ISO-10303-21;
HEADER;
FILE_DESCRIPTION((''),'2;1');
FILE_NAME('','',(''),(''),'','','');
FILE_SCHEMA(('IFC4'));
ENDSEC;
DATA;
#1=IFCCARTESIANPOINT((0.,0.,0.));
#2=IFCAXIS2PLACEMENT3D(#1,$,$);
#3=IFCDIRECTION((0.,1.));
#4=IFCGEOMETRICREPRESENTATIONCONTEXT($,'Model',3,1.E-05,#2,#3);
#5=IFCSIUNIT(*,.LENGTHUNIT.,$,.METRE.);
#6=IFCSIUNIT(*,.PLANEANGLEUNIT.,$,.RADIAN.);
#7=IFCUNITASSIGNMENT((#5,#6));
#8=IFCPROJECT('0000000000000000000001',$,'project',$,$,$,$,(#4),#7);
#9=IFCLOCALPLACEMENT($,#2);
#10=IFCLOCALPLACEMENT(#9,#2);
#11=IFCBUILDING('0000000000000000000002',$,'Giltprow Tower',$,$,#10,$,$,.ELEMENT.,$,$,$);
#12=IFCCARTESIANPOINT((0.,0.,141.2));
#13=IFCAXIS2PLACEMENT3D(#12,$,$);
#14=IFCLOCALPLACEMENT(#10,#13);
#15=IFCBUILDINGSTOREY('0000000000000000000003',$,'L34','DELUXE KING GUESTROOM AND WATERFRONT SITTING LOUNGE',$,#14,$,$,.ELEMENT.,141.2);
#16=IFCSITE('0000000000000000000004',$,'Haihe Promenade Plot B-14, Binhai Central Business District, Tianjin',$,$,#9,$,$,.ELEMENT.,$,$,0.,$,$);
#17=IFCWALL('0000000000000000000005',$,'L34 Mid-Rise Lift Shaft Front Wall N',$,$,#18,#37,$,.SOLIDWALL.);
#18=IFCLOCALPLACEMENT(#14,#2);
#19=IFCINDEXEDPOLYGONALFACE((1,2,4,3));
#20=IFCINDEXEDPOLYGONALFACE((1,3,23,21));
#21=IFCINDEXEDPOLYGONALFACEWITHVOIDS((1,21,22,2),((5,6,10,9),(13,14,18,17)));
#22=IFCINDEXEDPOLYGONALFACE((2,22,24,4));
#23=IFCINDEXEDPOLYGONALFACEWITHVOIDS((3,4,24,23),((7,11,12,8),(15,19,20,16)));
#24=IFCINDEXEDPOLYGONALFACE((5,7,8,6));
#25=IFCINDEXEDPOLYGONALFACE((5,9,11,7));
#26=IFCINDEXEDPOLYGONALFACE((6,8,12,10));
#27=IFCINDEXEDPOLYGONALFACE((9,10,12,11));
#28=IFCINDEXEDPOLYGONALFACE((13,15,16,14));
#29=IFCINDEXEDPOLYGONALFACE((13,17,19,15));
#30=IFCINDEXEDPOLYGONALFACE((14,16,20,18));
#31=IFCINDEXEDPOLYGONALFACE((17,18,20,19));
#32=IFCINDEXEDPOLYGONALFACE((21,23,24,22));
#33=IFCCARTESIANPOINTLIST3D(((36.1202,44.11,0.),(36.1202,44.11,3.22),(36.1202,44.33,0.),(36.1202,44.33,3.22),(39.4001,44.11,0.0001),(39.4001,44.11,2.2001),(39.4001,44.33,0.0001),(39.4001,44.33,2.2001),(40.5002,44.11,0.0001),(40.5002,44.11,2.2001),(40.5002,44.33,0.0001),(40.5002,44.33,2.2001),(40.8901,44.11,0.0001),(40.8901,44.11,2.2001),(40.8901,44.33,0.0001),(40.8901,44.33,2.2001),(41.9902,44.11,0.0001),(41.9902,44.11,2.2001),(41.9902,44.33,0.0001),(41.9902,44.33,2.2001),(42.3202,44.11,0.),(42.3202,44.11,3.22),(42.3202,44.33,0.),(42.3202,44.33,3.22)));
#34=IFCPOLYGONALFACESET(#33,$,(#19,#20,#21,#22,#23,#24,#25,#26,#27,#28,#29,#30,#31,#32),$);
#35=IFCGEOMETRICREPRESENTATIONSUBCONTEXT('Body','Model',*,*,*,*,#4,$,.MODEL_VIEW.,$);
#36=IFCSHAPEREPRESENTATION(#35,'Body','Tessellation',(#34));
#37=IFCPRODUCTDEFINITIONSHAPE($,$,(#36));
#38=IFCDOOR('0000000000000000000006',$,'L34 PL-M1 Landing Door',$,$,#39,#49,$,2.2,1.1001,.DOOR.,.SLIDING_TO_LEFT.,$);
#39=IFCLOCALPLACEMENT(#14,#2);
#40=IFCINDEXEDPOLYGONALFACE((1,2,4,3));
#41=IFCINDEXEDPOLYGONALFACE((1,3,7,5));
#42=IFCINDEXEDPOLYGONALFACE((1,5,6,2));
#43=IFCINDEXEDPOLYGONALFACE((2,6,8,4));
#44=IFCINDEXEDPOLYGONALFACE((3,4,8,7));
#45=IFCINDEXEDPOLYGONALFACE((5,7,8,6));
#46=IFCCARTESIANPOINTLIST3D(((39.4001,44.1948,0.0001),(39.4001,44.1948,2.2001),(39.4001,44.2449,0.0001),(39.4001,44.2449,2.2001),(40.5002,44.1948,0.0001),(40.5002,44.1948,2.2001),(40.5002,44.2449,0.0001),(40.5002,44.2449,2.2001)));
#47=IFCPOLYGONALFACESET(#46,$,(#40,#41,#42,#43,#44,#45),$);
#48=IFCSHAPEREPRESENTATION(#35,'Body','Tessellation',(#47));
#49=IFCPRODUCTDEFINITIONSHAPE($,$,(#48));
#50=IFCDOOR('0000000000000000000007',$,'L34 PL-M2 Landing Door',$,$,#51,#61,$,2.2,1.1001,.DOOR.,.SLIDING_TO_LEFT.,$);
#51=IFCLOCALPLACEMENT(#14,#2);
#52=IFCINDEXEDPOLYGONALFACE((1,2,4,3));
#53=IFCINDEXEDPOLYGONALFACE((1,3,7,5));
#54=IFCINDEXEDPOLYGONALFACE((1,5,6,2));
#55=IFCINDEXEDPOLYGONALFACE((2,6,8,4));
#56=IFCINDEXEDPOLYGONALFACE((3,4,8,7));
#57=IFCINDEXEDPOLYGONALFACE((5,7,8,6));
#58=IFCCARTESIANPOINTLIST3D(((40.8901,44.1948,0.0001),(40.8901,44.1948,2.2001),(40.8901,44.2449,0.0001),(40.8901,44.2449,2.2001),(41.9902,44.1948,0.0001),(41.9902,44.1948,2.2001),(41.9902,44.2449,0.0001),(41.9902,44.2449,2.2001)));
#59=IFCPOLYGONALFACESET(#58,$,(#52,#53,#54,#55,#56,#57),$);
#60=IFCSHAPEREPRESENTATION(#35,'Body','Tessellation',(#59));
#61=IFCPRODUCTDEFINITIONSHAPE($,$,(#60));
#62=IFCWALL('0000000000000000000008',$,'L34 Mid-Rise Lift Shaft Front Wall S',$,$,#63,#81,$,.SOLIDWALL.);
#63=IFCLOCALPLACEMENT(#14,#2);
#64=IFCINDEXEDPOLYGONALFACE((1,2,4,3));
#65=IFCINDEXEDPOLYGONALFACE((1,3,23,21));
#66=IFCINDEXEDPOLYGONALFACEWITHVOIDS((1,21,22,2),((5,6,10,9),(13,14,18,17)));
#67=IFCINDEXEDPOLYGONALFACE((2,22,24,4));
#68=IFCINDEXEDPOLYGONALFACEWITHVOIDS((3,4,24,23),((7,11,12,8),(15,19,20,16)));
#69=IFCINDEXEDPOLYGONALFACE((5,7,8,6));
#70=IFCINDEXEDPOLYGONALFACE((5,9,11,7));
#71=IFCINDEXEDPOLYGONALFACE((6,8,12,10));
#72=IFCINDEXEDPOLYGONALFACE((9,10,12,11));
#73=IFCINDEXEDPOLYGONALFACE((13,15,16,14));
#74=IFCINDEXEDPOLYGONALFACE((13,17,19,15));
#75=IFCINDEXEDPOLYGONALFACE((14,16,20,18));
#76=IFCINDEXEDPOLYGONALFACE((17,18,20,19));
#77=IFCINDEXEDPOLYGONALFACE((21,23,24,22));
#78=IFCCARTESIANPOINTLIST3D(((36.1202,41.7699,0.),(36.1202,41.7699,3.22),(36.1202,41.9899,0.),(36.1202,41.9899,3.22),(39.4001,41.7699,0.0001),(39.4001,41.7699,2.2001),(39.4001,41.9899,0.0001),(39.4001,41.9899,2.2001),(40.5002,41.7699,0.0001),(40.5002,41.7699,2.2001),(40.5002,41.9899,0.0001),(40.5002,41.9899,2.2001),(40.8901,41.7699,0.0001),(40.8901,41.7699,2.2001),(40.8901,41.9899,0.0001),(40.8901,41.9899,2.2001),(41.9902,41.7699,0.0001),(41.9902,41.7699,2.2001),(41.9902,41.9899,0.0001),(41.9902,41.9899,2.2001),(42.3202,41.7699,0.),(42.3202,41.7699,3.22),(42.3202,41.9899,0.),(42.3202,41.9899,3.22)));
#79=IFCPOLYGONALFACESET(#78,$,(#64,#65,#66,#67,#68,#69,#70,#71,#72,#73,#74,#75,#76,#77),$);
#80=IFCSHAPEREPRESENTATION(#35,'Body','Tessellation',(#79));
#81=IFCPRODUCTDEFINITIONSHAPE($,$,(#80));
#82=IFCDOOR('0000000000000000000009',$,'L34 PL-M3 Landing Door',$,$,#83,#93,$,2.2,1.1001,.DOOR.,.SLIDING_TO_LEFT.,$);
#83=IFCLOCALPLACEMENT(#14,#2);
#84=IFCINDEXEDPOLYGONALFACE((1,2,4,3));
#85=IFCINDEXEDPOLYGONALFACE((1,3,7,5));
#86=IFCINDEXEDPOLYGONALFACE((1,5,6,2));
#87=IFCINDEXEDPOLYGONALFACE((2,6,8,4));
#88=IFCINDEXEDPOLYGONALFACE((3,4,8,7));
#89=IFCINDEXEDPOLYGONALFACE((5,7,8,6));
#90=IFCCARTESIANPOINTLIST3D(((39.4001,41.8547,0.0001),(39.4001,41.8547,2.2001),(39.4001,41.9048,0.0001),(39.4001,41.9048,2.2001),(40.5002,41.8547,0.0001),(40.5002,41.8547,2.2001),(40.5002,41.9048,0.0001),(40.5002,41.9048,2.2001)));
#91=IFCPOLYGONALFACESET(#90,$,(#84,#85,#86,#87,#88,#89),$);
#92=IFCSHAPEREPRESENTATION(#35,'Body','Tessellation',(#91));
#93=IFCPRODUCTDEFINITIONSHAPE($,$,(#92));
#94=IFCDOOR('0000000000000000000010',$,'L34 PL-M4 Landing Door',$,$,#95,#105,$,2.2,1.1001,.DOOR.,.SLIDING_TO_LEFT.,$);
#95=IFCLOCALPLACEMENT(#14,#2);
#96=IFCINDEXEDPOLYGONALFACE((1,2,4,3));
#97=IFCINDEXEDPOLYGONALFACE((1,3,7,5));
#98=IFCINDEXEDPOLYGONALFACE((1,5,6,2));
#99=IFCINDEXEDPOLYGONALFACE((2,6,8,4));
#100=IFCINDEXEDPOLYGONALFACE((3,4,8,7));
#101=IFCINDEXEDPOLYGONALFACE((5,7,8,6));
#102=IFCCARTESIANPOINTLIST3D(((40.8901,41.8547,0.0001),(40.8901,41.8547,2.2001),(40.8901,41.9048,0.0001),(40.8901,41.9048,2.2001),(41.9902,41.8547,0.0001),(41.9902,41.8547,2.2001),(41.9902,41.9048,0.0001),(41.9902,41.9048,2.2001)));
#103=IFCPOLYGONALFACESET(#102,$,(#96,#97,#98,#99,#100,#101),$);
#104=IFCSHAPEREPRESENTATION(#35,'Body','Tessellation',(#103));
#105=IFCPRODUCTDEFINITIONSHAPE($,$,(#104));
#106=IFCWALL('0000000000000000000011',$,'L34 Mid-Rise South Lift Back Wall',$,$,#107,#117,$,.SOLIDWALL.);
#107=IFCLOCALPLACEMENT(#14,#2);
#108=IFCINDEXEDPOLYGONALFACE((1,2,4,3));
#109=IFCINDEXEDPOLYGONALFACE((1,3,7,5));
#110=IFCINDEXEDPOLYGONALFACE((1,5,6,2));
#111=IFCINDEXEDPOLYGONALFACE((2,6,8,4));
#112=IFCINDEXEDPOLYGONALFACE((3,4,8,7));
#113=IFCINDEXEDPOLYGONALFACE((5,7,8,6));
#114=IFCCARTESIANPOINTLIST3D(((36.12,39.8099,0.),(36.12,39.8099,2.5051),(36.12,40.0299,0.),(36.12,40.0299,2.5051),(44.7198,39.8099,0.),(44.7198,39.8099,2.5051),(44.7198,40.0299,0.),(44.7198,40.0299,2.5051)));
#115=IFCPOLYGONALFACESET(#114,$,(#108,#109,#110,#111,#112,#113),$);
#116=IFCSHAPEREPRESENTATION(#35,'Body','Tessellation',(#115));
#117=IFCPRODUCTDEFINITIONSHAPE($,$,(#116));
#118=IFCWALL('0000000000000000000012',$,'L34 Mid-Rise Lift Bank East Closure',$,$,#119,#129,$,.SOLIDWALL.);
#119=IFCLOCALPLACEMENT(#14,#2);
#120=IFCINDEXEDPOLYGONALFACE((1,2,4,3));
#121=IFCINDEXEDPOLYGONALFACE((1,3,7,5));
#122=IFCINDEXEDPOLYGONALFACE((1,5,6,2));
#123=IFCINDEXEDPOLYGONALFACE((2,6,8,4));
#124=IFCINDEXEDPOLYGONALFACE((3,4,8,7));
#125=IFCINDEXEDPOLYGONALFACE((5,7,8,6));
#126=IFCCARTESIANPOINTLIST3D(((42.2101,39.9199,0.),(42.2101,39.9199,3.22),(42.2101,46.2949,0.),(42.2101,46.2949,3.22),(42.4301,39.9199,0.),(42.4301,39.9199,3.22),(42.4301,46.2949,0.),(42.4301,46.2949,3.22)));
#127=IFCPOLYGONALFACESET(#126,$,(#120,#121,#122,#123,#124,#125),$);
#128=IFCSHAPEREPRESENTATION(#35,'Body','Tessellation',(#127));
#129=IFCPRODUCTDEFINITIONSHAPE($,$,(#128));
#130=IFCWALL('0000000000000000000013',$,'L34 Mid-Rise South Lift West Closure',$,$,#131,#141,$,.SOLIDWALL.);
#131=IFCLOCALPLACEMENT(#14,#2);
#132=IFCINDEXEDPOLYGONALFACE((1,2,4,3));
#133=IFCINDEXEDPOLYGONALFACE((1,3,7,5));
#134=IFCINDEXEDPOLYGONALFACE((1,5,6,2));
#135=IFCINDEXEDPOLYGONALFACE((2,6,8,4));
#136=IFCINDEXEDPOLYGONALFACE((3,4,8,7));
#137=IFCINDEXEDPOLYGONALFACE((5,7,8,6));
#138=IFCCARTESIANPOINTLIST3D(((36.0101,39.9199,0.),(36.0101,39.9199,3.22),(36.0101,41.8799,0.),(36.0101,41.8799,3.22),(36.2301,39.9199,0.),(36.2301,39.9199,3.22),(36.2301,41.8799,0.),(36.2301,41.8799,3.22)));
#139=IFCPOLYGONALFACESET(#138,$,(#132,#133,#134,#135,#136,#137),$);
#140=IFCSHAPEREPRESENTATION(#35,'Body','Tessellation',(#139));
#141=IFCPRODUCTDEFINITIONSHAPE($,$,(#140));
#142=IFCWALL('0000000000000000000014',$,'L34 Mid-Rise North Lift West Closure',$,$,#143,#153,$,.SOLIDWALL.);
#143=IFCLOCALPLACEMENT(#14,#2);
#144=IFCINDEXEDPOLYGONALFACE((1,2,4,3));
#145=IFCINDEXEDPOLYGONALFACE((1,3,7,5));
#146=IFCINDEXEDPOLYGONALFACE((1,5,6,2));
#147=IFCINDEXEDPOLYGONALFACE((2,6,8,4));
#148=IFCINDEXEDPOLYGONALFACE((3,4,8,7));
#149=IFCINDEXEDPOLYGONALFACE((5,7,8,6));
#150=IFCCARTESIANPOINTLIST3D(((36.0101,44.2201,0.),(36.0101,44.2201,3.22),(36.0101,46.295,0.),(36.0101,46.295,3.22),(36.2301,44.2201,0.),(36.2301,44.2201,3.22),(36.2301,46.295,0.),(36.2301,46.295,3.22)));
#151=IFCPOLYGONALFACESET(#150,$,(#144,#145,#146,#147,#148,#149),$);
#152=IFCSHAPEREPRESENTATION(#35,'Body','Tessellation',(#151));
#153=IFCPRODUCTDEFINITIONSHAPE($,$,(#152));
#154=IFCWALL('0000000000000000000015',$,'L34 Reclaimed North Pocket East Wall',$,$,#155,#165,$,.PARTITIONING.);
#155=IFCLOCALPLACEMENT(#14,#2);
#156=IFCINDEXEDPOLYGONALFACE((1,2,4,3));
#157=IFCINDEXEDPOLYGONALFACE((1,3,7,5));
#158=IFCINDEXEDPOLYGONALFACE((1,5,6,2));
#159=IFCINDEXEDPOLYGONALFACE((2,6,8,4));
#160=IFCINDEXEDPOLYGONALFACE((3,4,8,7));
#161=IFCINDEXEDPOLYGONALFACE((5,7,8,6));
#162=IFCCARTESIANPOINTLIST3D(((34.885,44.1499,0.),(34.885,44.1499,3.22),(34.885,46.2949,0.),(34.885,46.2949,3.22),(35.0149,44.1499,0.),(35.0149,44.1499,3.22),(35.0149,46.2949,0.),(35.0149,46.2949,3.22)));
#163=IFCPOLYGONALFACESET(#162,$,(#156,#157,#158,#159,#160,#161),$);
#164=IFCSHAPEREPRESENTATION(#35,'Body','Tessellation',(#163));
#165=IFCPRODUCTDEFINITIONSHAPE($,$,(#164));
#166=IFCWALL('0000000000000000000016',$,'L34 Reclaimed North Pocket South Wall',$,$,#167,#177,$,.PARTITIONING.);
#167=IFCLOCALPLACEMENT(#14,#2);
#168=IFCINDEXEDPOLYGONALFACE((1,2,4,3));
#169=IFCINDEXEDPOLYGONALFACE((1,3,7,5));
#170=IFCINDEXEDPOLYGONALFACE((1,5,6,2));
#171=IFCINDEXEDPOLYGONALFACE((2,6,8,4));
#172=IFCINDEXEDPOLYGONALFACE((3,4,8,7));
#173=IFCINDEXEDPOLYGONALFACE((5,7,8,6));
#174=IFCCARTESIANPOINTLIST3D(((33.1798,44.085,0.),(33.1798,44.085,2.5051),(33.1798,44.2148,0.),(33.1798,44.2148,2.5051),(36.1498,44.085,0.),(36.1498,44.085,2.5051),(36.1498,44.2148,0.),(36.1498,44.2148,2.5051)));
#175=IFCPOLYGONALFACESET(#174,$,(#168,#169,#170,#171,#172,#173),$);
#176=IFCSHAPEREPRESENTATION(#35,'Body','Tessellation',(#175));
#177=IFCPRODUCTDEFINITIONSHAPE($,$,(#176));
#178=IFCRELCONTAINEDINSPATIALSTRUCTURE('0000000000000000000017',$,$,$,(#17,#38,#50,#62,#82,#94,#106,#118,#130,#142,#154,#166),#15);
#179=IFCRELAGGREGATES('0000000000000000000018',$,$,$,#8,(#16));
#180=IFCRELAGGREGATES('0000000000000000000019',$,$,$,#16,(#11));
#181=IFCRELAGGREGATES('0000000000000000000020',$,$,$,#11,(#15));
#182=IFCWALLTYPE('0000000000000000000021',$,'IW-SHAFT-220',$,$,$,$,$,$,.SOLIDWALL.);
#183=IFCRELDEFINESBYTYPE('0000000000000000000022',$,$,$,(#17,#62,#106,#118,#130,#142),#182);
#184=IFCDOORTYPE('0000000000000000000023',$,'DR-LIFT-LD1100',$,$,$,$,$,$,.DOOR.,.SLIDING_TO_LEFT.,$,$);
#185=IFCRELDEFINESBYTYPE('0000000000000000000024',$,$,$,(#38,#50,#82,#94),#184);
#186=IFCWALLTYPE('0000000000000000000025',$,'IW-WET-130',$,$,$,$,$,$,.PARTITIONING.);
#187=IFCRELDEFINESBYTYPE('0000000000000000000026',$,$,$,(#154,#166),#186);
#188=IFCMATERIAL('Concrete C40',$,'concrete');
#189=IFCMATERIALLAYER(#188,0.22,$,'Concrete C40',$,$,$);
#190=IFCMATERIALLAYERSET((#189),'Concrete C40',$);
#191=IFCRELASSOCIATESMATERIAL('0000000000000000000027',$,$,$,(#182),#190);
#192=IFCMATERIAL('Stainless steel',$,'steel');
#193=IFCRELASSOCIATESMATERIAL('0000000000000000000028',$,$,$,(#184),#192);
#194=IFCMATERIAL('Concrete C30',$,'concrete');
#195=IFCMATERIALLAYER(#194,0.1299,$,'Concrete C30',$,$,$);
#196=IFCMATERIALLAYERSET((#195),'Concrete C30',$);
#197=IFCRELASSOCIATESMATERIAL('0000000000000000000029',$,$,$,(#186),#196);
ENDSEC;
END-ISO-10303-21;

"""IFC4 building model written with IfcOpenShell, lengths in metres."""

from ifc_helpers import new_model, si_unit, direction, frame, frame_2d, origin, place, context, subcontext, project, spatial, rectangle, extrude, source, transform, mapped, material, layer, layer_set, type_object, element, fill, save


model = new_model("IFC4")

# Units and contexts
model_context = context("Model", 3, precision=1e-05, world=origin(), true_north=direction((0.0, 1.0)))
body_context = subcontext(model_context, "Body", "Model", "MODEL_VIEW")
ifc_project = project(units=[si_unit("LENGTHUNIT", "METRE"), si_unit("PLANEANGLEUNIT", "RADIAN")], contexts=[model_context])

# Site, building, storey
site_placement = place(None, origin())
site = spatial("IfcSite", under=ifc_project, at=site_placement, Name="Haihe Promenade Plot B-14, Binhai Central Business District, Tianjin", CompositionType="ELEMENT", RefElevation=0.0)
building_placement = place(site_placement, origin())
building = spatial("IfcBuilding", under=site, at=building_placement, Name="Giltprow Tower", CompositionType="ELEMENT")
storey_placement = place(building_placement, frame((0.0, 0.0, 141.2)))
storey = spatial("IfcBuildingStorey", under=building, at=storey_placement, Name="L34", Description="DELUXE KING GUESTROOM AND WATERFRONT SITTING LOUNGE", CompositionType="ELEMENT", Elevation=141.2)

# Shared definitions
ifc_material_1 = material(Name="Concrete C40", Category="concrete")
ifc_layer_1 = layer(ifc_material_1, 0.22, Name="Concrete C40")
ifc_layer_set_1 = layer_set([ifc_layer_1], Name="Concrete C40")
wall_type_1 = type_object("IfcWallType", Name="IW-SHAFT-220", PredefinedType="SOLIDWALL", material=ifc_layer_set_1)
ifc_material_2 = material(Name="Stainless steel", Category="steel")
door_type = type_object("IfcDoorType", Name="DR-LIFT-LD1100", OperationType="SLIDING_TO_LEFT", PredefinedType="DOOR", material=ifc_material_2)
shared_shape_1 = source(origin(), body_context, "Body", "SweptSolid", [
    extrude(rectangle(XDim=1.1001, YDim=2.2, at=frame_2d((0.55, 1.1001))), frame((0.0, 0.0249, 0.0), z_axis=(0.0, -1.0, 0.0), x_axis=(1.0, 0.0, 0.0)), (0.0, 0.0, 1.0), 0.05),
])

# Walls, openings, doors
wall_1_placement = place(storey_placement, frame((36.1201, 44.22, 0.0), z_axis=(0.0, 0.0, 1.0), x_axis=(1.0, 0.0, 0.0)))
wall_1 = element("IfcWall", 1, at=wall_1_placement, inside=storey, type_object=wall_type_1, Name="L34 Mid-Rise Lift Shaft Front Wall N", PredefinedType="SOLIDWALL", context=body_context, shape_type="SweptSolid", body=[
    extrude(rectangle(XDim=6.2, YDim=0.22, at=frame_2d((3.1001, 0.0))), origin(), (0.0, 0.0, 1.0), 3.22),
])
opening_1_placement = place(wall_1_placement, frame((3.28, 0.0, 0.0)))
opening_1 = element("IfcOpeningElement", 2, at=opening_1_placement, cuts=wall_1, PredefinedType="OPENING", context=body_context, shape_type="SweptSolid", body=[
    extrude(rectangle(XDim=1.1001, YDim=2.2, at=frame_2d((0.55, 1.1001))), frame((0.0, 0.1199, 0.0), z_axis=(0.0, -1.0, 0.0), x_axis=(1.0, 0.0, 0.0)), (0.0, 0.0, 1.0), 0.24),
])
opening_2_placement = place(wall_1_placement, frame((4.77, 0.0, 0.0)))
opening_2 = element("IfcOpeningElement", 3, at=opening_2_placement, cuts=wall_1, PredefinedType="OPENING", context=body_context, shape_type="SweptSolid", body=[
    extrude(rectangle(XDim=1.1001, YDim=2.2, at=frame_2d((0.55, 1.1001))), frame((0.0, 0.1199, 0.0), z_axis=(0.0, -1.0, 0.0), x_axis=(1.0, 0.0, 0.0)), (0.0, 0.0, 1.0), 0.24),
])
door_1_placement = place(opening_1_placement, origin())
door_1 = element("IfcDoor", 4, at=door_1_placement, inside=storey, type_object=door_type, Name="L34 PL-M1 Landing Door", OperationType="SLIDING_TO_LEFT", OverallHeight=2.2, OverallWidth=1.1001, PredefinedType="DOOR", context=body_context, shape_type="MappedRepresentation", body=[
    mapped(shared_shape_1, transform((0.0, 0.0, 0.0), x_axis=(1.0, 0.0, 0.0), y_axis=(0.0, 1.0, 0.0), z_axis=(0.0, 0.0, 1.0), scale=1.0)),
])
fill(opening_1, door_1)
door_2_placement = place(opening_2_placement, origin())
door_2 = element("IfcDoor", 5, at=door_2_placement, inside=storey, type_object=door_type, Name="L34 PL-M2 Landing Door", OperationType="SLIDING_TO_LEFT", OverallHeight=2.2, OverallWidth=1.1001, PredefinedType="DOOR", context=body_context, shape_type="MappedRepresentation", body=[
    mapped(shared_shape_1, transform((0.0, 0.0, 0.0), x_axis=(1.0, 0.0, 0.0), y_axis=(0.0, 1.0, 0.0), z_axis=(0.0, 0.0, 1.0), scale=1.0)),
])
fill(opening_2, door_2)
wall_2_placement = place(storey_placement, frame((36.1201, 41.8799, 0.0), z_axis=(0.0, 0.0, 1.0), x_axis=(1.0, 0.0, 0.0)))
wall_2 = element("IfcWall", 6, at=wall_2_placement, inside=storey, type_object=wall_type_1, Name="L34 Mid-Rise Lift Shaft Front Wall S", PredefinedType="SOLIDWALL", context=body_context, shape_type="SweptSolid", body=[
    extrude(rectangle(XDim=6.2, YDim=0.22, at=frame_2d((3.1001, 0.0))), origin(), (0.0, 0.0, 1.0), 3.22),
])
opening_3_placement = place(wall_2_placement, frame((3.28, 0.0, 0.0)))
opening_3 = element("IfcOpeningElement", 7, at=opening_3_placement, cuts=wall_2, PredefinedType="OPENING", context=body_context, shape_type="SweptSolid", body=[
    extrude(rectangle(XDim=1.1001, YDim=2.2, at=frame_2d((0.55, 1.1001))), frame((0.0, 0.1199, 0.0), z_axis=(0.0, -1.0, 0.0), x_axis=(1.0, 0.0, 0.0)), (0.0, 0.0, 1.0), 0.24),
])
opening_4_placement = place(wall_2_placement, frame((4.77, 0.0, 0.0)))
opening_4 = element("IfcOpeningElement", 8, at=opening_4_placement, cuts=wall_2, PredefinedType="OPENING", context=body_context, shape_type="SweptSolid", body=[
    extrude(rectangle(XDim=1.1001, YDim=2.2, at=frame_2d((0.55, 1.1001))), frame((0.0, 0.1199, 0.0), z_axis=(0.0, -1.0, 0.0), x_axis=(1.0, 0.0, 0.0)), (0.0, 0.0, 1.0), 0.24),
])
door_3_placement = place(opening_3_placement, origin())
door_3 = element("IfcDoor", 9, at=door_3_placement, inside=storey, type_object=door_type, Name="L34 PL-M3 Landing Door", OperationType="SLIDING_TO_LEFT", OverallHeight=2.2, OverallWidth=1.1001, PredefinedType="DOOR", context=body_context, shape_type="MappedRepresentation", body=[
    mapped(shared_shape_1, transform((0.0, 0.0, 0.0), x_axis=(1.0, 0.0, 0.0), y_axis=(0.0, 1.0, 0.0), z_axis=(0.0, 0.0, 1.0), scale=1.0)),
])
fill(opening_3, door_3)
door_4_placement = place(opening_4_placement, origin())
door_4 = element("IfcDoor", 10, at=door_4_placement, inside=storey, type_object=door_type, Name="L34 PL-M4 Landing Door", OperationType="SLIDING_TO_LEFT", OverallHeight=2.2, OverallWidth=1.1001, PredefinedType="DOOR", context=body_context, shape_type="MappedRepresentation", body=[
    mapped(shared_shape_1, transform((0.0, 0.0, 0.0), x_axis=(1.0, 0.0, 0.0), y_axis=(0.0, 1.0, 0.0), z_axis=(0.0, 0.0, 1.0), scale=1.0)),
])
fill(opening_4, door_4)

# Walls
wall_3_placement = place(storey_placement, frame((36.1201, 39.9199, 0.0), z_axis=(0.0, 0.0, 1.0), x_axis=(1.0, 0.0, 0.0)))
element("IfcWall", 11, at=wall_3_placement, inside=storey, type_object=wall_type_1, Name="L34 Mid-Rise South Lift Back Wall", PredefinedType="SOLIDWALL", context=body_context, shape_type="SweptSolid", body=[
    extrude(rectangle(XDim=8.5999, YDim=0.22, at=frame_2d((4.2998, 0.0))), origin(), (0.0, 0.0, 1.0), 2.5051),
])
wall_4_placement = place(storey_placement, frame((42.3201, 39.9199, 0.0), z_axis=(0.0, 0.0, 1.0), x_axis=(0.0, 1.0, 0.0)))
element("IfcWall", 12, at=wall_4_placement, inside=storey, type_object=wall_type_1, Name="L34 Mid-Rise Lift Bank East Closure", PredefinedType="SOLIDWALL", context=body_context, shape_type="SweptSolid", body=[
    extrude(rectangle(XDim=6.375, YDim=0.22, at=frame_2d((3.1875, 0.0))), origin(), (0.0, 0.0, 1.0), 3.22),
])
wall_5_placement = place(storey_placement, frame((36.1201, 39.9199, 0.0), z_axis=(0.0, 0.0, 1.0), x_axis=(0.0, 1.0, 0.0)))
element("IfcWall", 13, at=wall_5_placement, inside=storey, type_object=wall_type_1, Name="L34 Mid-Rise South Lift West Closure", PredefinedType="SOLIDWALL", context=body_context, shape_type="SweptSolid", body=[
    extrude(rectangle(XDim=1.96, YDim=0.22, at=frame_2d((0.98, 0.0))), origin(), (0.0, 0.0, 1.0), 3.22),
])
wall_6_placement = place(storey_placement, frame((36.1201, 44.22, 0.0), z_axis=(0.0, 0.0, 1.0), x_axis=(0.0, 1.0, 0.0)))
element("IfcWall", 14, at=wall_6_placement, inside=storey, type_object=wall_type_1, Name="L34 Mid-Rise North Lift West Closure", PredefinedType="SOLIDWALL", context=body_context, shape_type="SweptSolid", body=[
    extrude(rectangle(XDim=2.075, YDim=0.22, at=frame_2d((1.0376, 0.0))), origin(), (0.0, 0.0, 1.0), 3.22),
])
ifc_material_3 = material(Name="Concrete C30", Category="concrete")
ifc_layer_2 = layer(ifc_material_3, 0.1299, Name="Concrete C30")
ifc_layer_set_2 = layer_set([ifc_layer_2], Name="Concrete C30")
wall_type_2 = type_object("IfcWallType", Name="IW-WET-130", PredefinedType="PARTITIONING", material=ifc_layer_set_2)
wall_7_placement = place(storey_placement, frame((34.95, 44.1499, 0.0), z_axis=(0.0, 0.0, 1.0), x_axis=(0.0, 1.0, 0.0)))
element("IfcWall", 15, at=wall_7_placement, inside=storey, type_object=wall_type_2, Name="L34 Reclaimed North Pocket East Wall", PredefinedType="PARTITIONING", context=body_context, shape_type="SweptSolid", body=[
    extrude(rectangle(XDim=2.145, YDim=0.1299, at=frame_2d((1.0725, 0.0))), origin(), (0.0, 0.0, 1.0), 3.22),
])
wall_8_placement = place(storey_placement, frame((33.1799, 44.1499, 0.0), z_axis=(0.0, 0.0, 1.0), x_axis=(1.0, 0.0, 0.0)))
element("IfcWall", 16, at=wall_8_placement, inside=storey, type_object=wall_type_2, Name="L34 Reclaimed North Pocket South Wall", PredefinedType="PARTITIONING", context=body_context, shape_type="SweptSolid", body=[
    extrude(rectangle(XDim=2.97, YDim=0.1299, at=frame_2d((1.4849, 0.0))), origin(), (0.0, 0.0, 1.0), 2.5051),
])

save(model, "model.ifc")
